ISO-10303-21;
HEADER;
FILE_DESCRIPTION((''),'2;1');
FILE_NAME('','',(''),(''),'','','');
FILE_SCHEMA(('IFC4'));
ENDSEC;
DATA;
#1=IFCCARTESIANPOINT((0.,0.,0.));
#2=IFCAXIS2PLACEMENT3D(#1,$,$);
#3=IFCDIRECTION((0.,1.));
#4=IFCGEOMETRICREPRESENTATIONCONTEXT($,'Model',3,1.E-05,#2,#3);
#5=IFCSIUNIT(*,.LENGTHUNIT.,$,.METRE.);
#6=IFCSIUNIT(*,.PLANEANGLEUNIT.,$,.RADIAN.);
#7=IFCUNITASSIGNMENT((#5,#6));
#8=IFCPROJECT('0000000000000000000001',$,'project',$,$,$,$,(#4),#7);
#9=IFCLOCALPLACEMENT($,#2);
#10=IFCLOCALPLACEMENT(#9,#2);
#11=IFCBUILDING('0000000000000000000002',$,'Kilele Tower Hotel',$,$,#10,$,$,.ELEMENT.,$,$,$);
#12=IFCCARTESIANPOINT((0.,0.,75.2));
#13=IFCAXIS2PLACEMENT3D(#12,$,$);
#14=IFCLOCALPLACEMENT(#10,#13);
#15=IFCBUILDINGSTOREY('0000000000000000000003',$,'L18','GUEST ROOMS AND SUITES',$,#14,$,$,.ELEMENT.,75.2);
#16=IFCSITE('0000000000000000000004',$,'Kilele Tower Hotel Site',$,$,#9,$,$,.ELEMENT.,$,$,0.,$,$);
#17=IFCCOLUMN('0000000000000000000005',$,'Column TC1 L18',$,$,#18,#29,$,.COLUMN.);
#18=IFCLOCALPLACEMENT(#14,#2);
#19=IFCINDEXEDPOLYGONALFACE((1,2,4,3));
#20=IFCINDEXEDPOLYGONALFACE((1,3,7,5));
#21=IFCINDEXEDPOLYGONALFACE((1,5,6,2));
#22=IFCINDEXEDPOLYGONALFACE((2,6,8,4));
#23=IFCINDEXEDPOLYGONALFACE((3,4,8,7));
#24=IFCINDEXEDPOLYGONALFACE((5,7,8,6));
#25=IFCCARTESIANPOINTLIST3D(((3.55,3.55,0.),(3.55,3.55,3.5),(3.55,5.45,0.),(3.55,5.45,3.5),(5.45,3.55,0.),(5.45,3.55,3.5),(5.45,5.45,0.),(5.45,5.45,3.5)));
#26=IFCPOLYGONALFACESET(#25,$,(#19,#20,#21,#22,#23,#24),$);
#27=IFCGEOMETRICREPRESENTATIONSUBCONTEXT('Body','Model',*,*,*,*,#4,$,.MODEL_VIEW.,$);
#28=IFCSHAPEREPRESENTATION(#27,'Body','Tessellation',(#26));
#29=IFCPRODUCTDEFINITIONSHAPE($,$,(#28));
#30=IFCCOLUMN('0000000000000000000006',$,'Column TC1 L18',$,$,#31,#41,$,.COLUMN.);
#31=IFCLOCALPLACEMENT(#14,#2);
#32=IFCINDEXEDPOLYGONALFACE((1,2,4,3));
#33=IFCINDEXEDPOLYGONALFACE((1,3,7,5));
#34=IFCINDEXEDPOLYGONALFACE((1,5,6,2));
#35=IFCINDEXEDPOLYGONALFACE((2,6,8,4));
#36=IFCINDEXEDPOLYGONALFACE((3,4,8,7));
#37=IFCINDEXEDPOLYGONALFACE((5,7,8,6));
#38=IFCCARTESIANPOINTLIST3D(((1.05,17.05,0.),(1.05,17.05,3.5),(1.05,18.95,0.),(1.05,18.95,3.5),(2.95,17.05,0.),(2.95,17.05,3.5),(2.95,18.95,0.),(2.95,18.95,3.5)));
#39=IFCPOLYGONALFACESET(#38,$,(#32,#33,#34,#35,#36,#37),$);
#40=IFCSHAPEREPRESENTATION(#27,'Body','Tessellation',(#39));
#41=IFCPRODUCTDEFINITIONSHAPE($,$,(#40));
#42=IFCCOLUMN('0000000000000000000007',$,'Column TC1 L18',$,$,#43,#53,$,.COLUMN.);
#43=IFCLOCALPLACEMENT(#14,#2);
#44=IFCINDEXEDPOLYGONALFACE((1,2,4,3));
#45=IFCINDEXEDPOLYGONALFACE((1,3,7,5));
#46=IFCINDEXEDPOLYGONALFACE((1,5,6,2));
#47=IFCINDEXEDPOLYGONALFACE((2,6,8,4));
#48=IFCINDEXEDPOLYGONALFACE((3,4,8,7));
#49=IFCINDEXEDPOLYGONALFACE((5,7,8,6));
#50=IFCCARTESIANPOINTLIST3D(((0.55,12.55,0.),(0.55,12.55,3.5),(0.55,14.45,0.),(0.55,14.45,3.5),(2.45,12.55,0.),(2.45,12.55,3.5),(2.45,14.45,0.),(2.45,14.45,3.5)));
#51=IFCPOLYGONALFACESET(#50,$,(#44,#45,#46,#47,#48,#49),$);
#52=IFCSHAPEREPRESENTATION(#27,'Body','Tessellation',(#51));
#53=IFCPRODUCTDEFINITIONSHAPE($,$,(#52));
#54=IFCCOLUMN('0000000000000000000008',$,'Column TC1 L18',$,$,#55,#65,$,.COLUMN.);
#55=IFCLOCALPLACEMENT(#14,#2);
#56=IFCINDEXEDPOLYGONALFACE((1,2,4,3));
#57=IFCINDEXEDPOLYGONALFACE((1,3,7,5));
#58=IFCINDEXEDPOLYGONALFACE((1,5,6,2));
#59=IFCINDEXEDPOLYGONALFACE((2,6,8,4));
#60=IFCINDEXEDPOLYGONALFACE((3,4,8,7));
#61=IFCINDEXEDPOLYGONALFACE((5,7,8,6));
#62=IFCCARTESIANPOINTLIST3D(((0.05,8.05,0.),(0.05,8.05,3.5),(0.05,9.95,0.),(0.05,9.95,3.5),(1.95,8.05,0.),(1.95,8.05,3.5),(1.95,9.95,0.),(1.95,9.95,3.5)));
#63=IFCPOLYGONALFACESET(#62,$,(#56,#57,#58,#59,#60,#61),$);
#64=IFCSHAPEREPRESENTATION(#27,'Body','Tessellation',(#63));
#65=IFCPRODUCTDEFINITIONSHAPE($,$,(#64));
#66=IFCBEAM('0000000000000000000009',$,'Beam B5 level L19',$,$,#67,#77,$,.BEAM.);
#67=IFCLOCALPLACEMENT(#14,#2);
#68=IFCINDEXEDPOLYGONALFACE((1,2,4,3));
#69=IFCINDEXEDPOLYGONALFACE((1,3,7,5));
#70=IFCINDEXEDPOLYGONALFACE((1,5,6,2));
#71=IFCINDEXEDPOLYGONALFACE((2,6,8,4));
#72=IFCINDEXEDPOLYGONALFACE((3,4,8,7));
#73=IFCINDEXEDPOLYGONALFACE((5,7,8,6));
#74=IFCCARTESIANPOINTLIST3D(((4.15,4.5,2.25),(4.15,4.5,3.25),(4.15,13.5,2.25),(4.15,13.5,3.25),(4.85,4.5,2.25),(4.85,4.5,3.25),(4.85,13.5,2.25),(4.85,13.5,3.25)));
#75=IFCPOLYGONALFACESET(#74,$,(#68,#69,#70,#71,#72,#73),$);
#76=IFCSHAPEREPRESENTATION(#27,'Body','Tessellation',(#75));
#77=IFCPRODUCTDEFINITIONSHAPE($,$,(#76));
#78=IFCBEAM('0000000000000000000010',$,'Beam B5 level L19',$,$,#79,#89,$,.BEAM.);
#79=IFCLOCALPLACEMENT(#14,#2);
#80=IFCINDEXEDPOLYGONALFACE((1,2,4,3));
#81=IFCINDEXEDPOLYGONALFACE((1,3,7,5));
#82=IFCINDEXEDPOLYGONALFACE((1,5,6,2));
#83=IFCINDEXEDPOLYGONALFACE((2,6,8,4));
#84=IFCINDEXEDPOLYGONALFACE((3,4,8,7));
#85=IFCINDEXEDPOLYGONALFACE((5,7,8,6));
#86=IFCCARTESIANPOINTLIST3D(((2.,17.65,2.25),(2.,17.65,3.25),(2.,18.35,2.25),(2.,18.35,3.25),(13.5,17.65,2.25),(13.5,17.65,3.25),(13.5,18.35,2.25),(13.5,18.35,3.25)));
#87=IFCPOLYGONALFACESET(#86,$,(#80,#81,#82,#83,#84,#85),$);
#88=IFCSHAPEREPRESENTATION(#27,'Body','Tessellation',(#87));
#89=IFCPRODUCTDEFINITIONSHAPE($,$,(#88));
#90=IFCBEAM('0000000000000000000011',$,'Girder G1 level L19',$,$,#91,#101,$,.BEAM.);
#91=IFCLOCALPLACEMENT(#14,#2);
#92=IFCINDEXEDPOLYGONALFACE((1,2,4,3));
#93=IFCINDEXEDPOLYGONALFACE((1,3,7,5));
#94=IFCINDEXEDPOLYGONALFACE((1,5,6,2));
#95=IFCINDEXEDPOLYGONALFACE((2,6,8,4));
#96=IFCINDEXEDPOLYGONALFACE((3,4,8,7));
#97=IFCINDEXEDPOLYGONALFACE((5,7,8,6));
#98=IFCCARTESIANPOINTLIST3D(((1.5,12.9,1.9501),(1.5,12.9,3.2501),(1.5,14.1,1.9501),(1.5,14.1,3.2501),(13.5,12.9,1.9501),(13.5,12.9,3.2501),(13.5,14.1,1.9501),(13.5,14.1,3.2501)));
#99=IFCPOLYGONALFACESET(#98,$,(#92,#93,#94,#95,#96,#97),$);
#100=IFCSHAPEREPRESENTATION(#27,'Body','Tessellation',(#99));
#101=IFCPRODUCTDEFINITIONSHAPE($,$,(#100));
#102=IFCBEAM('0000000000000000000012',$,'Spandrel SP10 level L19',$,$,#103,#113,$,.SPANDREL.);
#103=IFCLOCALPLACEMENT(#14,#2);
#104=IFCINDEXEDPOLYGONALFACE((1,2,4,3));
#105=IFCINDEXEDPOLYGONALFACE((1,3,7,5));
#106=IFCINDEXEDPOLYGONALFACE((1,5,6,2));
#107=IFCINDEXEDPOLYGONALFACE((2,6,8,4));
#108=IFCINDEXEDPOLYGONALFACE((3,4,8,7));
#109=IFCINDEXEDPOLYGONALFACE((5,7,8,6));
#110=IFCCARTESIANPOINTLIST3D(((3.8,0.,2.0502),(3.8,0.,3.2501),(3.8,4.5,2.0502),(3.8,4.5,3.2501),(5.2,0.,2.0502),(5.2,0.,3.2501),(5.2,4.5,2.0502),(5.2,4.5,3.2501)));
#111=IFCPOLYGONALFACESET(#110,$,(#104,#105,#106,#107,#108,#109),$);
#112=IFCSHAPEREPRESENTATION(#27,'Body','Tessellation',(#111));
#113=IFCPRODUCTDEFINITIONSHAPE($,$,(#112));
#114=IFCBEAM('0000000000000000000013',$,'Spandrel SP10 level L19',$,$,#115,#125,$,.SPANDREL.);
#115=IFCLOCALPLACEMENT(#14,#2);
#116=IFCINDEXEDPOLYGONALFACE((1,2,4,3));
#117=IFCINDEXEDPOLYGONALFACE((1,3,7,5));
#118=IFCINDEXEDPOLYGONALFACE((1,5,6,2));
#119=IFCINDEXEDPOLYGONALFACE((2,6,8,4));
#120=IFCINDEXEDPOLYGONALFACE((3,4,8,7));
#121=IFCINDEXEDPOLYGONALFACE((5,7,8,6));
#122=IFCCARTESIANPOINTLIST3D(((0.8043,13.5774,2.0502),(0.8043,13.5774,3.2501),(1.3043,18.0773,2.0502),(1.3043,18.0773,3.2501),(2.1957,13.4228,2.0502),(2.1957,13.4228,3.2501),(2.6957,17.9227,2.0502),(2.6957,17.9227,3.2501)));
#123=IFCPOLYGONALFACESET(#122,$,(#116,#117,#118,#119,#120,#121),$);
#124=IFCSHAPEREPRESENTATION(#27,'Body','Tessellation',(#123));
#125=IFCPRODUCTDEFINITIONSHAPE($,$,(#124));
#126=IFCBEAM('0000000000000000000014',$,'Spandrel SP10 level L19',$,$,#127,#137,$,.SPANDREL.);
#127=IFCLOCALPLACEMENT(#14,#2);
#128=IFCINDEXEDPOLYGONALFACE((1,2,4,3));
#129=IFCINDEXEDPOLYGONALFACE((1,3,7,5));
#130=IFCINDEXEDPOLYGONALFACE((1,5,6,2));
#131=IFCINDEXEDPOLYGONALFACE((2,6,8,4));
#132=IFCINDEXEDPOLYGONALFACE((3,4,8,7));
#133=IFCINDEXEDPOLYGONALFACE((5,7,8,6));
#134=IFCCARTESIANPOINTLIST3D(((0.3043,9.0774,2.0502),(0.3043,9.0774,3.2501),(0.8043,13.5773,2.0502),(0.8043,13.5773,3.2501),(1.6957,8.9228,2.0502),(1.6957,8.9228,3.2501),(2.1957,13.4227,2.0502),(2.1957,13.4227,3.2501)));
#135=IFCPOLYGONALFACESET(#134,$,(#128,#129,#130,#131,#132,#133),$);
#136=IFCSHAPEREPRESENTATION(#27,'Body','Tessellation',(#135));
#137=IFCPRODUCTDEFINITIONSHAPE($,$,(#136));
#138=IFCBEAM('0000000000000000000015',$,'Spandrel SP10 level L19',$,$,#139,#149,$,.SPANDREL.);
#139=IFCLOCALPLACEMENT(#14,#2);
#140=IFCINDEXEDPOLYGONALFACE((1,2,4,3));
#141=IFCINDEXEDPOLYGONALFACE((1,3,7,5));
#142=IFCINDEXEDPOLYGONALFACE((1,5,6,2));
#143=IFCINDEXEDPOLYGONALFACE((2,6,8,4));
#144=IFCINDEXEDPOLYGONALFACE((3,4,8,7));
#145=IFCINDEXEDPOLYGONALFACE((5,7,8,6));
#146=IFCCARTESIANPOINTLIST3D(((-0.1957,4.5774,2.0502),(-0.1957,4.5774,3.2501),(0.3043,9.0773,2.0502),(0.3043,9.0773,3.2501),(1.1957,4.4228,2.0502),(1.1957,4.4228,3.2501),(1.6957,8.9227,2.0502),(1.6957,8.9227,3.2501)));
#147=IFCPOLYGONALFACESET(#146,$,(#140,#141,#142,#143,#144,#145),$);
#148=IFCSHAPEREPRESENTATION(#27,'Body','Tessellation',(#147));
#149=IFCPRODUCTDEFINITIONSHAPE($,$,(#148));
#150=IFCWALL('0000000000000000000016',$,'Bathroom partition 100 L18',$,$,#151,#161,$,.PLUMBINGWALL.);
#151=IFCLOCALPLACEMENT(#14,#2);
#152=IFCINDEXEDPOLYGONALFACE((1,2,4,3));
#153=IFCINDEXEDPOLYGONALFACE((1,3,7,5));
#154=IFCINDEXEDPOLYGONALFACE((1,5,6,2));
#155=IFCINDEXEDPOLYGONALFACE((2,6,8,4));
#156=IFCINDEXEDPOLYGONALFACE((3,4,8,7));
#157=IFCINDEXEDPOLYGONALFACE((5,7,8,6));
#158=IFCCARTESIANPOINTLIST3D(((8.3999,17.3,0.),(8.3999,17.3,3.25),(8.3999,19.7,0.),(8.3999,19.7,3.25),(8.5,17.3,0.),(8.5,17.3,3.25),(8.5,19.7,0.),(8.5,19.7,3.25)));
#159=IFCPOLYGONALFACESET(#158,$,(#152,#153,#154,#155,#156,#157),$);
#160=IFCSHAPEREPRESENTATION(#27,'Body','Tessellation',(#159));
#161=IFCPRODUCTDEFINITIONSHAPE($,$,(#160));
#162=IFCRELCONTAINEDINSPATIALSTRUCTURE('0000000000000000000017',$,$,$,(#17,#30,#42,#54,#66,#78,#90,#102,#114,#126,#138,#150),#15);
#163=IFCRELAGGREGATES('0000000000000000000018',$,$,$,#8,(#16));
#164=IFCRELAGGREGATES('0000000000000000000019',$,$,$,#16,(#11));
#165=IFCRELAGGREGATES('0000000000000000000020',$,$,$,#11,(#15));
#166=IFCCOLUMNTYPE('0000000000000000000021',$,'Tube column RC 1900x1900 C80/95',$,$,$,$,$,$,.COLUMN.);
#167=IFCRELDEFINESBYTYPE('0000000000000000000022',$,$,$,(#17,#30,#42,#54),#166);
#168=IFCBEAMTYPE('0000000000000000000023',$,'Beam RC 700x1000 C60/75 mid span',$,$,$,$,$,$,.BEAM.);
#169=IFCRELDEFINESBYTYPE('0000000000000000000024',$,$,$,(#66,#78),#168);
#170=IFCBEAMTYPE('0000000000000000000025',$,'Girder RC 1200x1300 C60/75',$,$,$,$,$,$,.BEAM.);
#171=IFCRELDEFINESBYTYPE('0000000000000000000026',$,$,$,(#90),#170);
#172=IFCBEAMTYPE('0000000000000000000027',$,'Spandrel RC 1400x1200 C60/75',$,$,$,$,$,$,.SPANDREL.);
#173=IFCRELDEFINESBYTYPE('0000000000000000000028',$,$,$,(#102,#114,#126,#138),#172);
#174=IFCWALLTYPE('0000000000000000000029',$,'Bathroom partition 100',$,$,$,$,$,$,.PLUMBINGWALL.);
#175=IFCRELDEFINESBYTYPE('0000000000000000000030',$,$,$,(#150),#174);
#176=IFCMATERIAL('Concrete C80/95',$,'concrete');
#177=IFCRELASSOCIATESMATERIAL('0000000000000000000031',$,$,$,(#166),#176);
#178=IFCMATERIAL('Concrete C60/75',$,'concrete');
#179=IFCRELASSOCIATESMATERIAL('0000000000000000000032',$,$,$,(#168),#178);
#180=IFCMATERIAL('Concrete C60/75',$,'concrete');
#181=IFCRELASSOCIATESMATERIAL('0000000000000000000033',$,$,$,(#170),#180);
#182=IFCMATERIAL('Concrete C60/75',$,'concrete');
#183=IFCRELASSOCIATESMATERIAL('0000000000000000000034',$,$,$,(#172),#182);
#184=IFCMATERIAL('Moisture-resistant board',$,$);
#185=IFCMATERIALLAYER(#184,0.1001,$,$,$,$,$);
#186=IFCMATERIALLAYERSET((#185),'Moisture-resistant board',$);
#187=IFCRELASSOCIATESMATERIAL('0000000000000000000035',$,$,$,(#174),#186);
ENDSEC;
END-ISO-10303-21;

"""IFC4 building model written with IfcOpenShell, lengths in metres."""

from ifc_helpers import new_model, si_unit, direction, frame, frame_2d, origin, origin_2d, place, context, subcontext, project, spatial, rectangle, extrude, material, layer, layer_set, material_profile, profile_set, type_object, element, save


model = new_model("IFC4")

# Units and contexts
model_context = context("Model", 3, precision=1e-05, world=origin(), true_north=direction((0.0, 1.0)))
body_context = subcontext(model_context, "Body", "Model", "MODEL_VIEW")
ifc_project = project(units=[si_unit("LENGTHUNIT", "METRE"), si_unit("PLANEANGLEUNIT", "RADIAN")], contexts=[model_context])

# Site, building, storey
site_placement = place(None, origin())
site = spatial("IfcSite", under=ifc_project, at=site_placement, Name="Kilele Tower Hotel Site", CompositionType="ELEMENT", RefElevation=0.0)
building_placement = place(site_placement, origin())
building = spatial("IfcBuilding", under=site, at=building_placement, Name="Kilele Tower Hotel", CompositionType="ELEMENT")
storey_placement = place(building_placement, frame((0.0, 0.0, 75.2)))
storey = spatial("IfcBuildingStorey", under=building, at=storey_placement, Name="L18", Description="GUEST ROOMS AND SUITES", CompositionType="ELEMENT", Elevation=75.2)

# Columns
ifc_material_1 = material(Name="Concrete C80/95", Category="concrete")
ifc_material_profile_1 = material_profile(ifc_material_1, rectangle(XDim=1.8999, YDim=1.8999, at=origin_2d()))
ifc_profile_set_1 = profile_set([ifc_material_profile_1], Name="Concrete C80/95")
column_type = type_object("IfcColumnType", Name="Tube column RC 1900x1900 C80/95", PredefinedType="COLUMN", material=ifc_profile_set_1)
for number, where, z_axis, x_axis, name in (
    (1, (4.5, 4.5, 0.0), (0.0, 0.0, 1.0), (1.0, 0.0, 0.0), "Column TC1 L18"),
    (2, (2.0, 18.0, 0.0), (0.0, 0.0, 1.0), (1.0, 0.0, 0.0), "Column TC1 L18"),
    (3, (1.5, 13.5, 0.0), (0.0, 0.0, 1.0), (1.0, 0.0, 0.0), "Column TC1 L18"),
    (4, (1.0, 9.0, 0.0), (0.0, 0.0, 1.0), (1.0, 0.0, 0.0), "Column TC1 L18"),
):
    element("IfcColumn", number, at=place(storey_placement, frame(where, z_axis=z_axis, x_axis=x_axis)), inside=storey, type_object=column_type, Name=name, PredefinedType="COLUMN", context=body_context, shape_type="SweptSolid", body=[
        extrude(rectangle(XDim=1.8999, YDim=1.8999, at=origin_2d()), origin(), (0.0, 0.0, 1.0), 3.5),
    ])

# Beams
ifc_material_2 = material(Name="Concrete C60/75", Category="concrete")
ifc_material_profile_2 = material_profile(ifc_material_2, rectangle(XDim=0.7, YDim=1.0, at=origin_2d()))
ifc_profile_set_2 = profile_set([ifc_material_profile_2], Name="Concrete C60/75")
beam_type_1 = type_object("IfcBeamType", Name="Beam RC 700x1000 C60/75 mid span", PredefinedType="BEAM", material=ifc_profile_set_2)
beam_1_placement = place(storey_placement, frame((4.5, 4.5, 2.75), z_axis=(0.0, 1.0, 0.0), x_axis=(-1.0, 0.0, 0.0)))
element("IfcBeam", 5, at=beam_1_placement, inside=storey, type_object=beam_type_1, Name="Beam B5 level L19", PredefinedType="BEAM", context=body_context, shape_type="SweptSolid", body=[
    extrude(rectangle(XDim=0.7, YDim=1.0, at=origin_2d()), origin(), (0.0, 0.0, 1.0), 9.0),
])
beam_2_placement = place(storey_placement, frame((2.0, 18.0, 2.75), z_axis=(1.0, 0.0, 0.0), x_axis=(0.0, 1.0, 0.0)))
element("IfcBeam", 6, at=beam_2_placement, inside=storey, type_object=beam_type_1, Name="Beam B5 level L19", PredefinedType="BEAM", context=body_context, shape_type="SweptSolid", body=[
    extrude(rectangle(XDim=0.7, YDim=1.0, at=origin_2d()), origin(), (0.0, 0.0, 1.0), 11.5),
])
ifc_material_3 = material(Name="Concrete C60/75", Category="concrete")
ifc_material_profile_3 = material_profile(ifc_material_3, rectangle(XDim=1.2, YDim=1.3, at=origin_2d()))
ifc_profile_set_3 = profile_set([ifc_material_profile_3], Name="Concrete C60/75")
beam_type_2 = type_object("IfcBeamType", Name="Girder RC 1200x1300 C60/75", PredefinedType="BEAM", material=ifc_profile_set_3)
beam_3_placement = place(storey_placement, frame((1.5, 13.5, 2.6001), z_axis=(1.0, 0.0, 0.0), x_axis=(0.0, 1.0, 0.0)))
element("IfcBeam", 7, at=beam_3_placement, inside=storey, type_object=beam_type_2, Name="Girder G1 level L19", PredefinedType="BEAM", context=body_context, shape_type="SweptSolid", body=[
    extrude(rectangle(XDim=1.2, YDim=1.3, at=origin_2d()), origin(), (0.0, 0.0, 1.0), 12.0),
])
ifc_material_4 = material(Name="Concrete C60/75", Category="concrete")
ifc_material_profile_4 = material_profile(ifc_material_4, rectangle(XDim=1.3999, YDim=1.2, at=origin_2d()))
ifc_profile_set_4 = profile_set([ifc_material_profile_4], Name="Concrete C60/75")
beam_type_3 = type_object("IfcBeamType", Name="Spandrel RC 1400x1200 C60/75", PredefinedType="SPANDREL", material=ifc_profile_set_4)
beam_4_placement = place(storey_placement, frame((4.5, 4.5, 2.6501), z_axis=(0.0, -1.0, 0.0), x_axis=(1.0, 0.0, 0.0)))
element("IfcBeam", 8, at=beam_4_placement, inside=storey, type_object=beam_type_3, Name="Spandrel SP10 level L19", PredefinedType="SPANDREL", context=body_context, shape_type="SweptSolid", body=[
    extrude(rectangle(XDim=1.3999, YDim=1.2, at=origin_2d()), origin(), (0.0, 0.0, 1.0), 4.5),
])
for number, where, z_axis, x_axis, name in (
    (9, (2.0, 18.0, 2.6501), (-0.110432, -0.993884, 0.0), (0.993884, -0.110432, 0.0), "Spandrel SP10 level L19"),
    (10, (1.5, 13.5, 2.6501), (-0.110432, -0.993884, 0.0), (0.993884, -0.110432, 0.0), "Spandrel SP10 level L19"),
    (11, (1.0, 9.0, 2.6501), (-0.110432, -0.993884, 0.0), (0.993884, -0.110432, 0.0), "Spandrel SP10 level L19"),
):
    element("IfcBeam", number, at=place(storey_placement, frame(where, z_axis=z_axis, x_axis=x_axis)), inside=storey, type_object=beam_type_3, Name=name, PredefinedType="SPANDREL", context=body_context, shape_type="SweptSolid", body=[
        extrude(rectangle(XDim=1.3999, YDim=1.2, at=origin_2d()), origin(), (0.0, 0.0, 1.0), 4.5276),
    ])

# Wall
ifc_material_5 = material(Name="Moisture-resistant board")
ifc_layer_1 = layer(ifc_material_5, 0.1001)
ifc_layer_set_1 = layer_set([ifc_layer_1], Name="Moisture-resistant board")
wall_type_1 = type_object("IfcWallType", Name="Bathroom partition 100", PredefinedType="PLUMBINGWALL", material=ifc_layer_set_1)
wall_1_placement = place(storey_placement, frame((8.45, 17.3, 0.0), z_axis=(0.0, 0.0, 1.0), x_axis=(0.0, 1.0, 0.0)))
element("IfcWall", 12, at=wall_1_placement, inside=storey, type_object=wall_type_1, Name="Bathroom partition 100 L18", PredefinedType="PLUMBINGWALL", context=body_context, shape_type="SweptSolid", body=[
    extrude(rectangle(XDim=2.3999, YDim=0.1001, at=frame_2d((1.2, 0.0))), origin(), (0.0, 0.0, 1.0), 3.25),
])

save(model, "model.ifc")
